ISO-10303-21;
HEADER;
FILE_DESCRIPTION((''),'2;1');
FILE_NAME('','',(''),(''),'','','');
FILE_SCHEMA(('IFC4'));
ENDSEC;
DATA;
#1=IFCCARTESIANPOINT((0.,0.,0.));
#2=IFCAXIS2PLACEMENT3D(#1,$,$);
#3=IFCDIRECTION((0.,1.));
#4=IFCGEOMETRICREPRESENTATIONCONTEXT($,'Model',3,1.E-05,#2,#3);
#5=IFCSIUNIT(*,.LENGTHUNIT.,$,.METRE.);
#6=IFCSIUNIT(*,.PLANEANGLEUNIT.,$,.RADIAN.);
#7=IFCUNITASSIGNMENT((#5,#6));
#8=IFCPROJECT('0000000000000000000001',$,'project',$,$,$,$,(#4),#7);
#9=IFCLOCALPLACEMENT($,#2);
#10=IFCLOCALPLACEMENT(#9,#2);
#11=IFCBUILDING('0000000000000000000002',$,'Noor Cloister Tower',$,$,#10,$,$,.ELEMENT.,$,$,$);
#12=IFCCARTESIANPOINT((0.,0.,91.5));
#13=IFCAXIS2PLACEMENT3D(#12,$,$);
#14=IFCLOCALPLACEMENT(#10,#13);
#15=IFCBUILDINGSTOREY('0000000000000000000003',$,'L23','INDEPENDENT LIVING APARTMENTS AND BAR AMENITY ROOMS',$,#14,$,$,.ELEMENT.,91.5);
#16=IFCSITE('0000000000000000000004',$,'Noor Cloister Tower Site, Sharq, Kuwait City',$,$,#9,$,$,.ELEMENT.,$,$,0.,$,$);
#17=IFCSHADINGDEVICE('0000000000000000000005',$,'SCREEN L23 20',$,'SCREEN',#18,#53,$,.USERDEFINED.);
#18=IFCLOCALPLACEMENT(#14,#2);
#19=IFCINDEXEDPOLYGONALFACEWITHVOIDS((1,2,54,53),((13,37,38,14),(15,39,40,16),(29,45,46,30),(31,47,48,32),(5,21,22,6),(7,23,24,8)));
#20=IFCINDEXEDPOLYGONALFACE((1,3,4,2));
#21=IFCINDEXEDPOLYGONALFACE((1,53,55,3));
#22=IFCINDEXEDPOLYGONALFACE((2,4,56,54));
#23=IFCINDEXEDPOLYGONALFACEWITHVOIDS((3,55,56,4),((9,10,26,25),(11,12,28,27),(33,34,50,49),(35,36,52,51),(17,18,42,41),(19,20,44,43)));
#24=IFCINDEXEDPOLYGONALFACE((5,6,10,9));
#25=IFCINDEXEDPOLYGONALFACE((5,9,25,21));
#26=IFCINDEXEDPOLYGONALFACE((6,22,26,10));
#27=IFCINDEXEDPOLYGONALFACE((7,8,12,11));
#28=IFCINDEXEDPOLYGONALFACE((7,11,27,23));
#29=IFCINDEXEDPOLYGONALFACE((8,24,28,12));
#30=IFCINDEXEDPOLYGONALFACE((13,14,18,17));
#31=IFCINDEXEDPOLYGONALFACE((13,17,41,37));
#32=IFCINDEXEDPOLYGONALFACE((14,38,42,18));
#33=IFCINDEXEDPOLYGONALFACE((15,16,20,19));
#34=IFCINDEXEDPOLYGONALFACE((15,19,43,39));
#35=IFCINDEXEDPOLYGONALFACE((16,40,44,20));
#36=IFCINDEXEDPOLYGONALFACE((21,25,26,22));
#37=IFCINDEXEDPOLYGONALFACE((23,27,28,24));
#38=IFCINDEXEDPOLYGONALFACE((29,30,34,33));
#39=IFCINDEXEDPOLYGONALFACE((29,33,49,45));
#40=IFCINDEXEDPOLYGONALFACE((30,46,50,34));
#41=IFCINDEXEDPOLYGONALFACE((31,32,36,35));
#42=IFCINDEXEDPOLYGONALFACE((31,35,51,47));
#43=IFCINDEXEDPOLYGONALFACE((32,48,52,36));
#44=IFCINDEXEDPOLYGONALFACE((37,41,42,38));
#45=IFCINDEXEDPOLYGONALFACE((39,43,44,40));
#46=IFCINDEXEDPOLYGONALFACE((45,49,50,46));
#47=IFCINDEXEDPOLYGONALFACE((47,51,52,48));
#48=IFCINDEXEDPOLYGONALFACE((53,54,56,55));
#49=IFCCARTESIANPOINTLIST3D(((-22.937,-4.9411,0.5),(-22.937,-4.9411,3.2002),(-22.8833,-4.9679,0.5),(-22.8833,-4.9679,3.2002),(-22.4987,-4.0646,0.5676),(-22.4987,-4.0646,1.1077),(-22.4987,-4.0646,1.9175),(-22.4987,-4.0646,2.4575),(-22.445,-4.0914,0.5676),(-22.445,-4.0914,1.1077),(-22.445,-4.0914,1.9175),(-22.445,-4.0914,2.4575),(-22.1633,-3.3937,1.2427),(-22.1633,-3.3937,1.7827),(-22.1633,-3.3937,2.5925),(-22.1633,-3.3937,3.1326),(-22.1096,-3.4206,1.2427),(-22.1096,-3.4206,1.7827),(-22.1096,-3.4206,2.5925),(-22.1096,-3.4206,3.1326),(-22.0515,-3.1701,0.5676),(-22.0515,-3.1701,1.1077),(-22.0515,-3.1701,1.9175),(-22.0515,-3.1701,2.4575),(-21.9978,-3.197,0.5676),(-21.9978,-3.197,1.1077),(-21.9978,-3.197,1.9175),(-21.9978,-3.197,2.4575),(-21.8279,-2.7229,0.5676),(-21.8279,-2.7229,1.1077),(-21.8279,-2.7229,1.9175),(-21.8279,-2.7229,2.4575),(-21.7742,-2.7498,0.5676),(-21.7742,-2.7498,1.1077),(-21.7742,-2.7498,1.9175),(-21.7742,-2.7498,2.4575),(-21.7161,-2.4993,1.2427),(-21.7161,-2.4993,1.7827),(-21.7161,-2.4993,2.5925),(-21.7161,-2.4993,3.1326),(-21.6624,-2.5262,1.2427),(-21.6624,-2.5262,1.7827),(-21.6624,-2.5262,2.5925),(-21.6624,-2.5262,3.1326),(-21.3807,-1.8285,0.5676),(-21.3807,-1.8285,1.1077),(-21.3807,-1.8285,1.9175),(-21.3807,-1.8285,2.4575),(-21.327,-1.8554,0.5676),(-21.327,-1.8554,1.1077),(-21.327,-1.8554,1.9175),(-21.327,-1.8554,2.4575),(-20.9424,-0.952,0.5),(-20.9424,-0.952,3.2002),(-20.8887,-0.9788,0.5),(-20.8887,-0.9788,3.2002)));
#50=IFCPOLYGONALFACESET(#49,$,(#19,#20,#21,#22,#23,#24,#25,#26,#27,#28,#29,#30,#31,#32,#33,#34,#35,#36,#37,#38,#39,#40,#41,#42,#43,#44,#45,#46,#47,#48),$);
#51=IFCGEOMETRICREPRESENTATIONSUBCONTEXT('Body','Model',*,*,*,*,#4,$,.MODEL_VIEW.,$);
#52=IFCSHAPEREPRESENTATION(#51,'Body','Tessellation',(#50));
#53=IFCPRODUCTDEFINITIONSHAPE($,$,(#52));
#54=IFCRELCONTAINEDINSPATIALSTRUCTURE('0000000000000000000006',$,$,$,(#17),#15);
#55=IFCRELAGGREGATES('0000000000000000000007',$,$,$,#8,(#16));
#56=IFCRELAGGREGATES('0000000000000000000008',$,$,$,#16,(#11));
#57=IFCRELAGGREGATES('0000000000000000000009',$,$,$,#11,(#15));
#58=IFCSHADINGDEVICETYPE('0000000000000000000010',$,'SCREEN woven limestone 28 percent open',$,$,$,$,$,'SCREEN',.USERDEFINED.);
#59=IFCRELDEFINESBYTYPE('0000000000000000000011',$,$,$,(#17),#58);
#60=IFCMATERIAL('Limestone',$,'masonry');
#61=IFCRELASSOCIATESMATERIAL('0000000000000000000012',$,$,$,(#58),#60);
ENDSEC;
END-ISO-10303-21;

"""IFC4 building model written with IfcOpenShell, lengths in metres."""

from ifc_helpers import new_model, si_unit, direction, frame, origin, place, context, subcontext, project, spatial, polyline, outline, extrude, material, material_profile, profile_set, type_object, element, save


model = new_model("IFC4")

# Units and contexts
model_context = context("Model", 3, precision=1e-05, world=origin(), true_north=direction((0.0, 1.0)))
body_context = subcontext(model_context, "Body", "Model", "MODEL_VIEW")
ifc_project = project(units=[si_unit("LENGTHUNIT", "METRE"), si_unit("PLANEANGLEUNIT", "RADIAN")], contexts=[model_context])

# Site, building, storey
site_placement = place(None, origin())
site = spatial("IfcSite", under=ifc_project, at=site_placement, Name="Noor Cloister Tower Site, Sharq, Kuwait City", CompositionType="ELEMENT", RefElevation=0.0)
building_placement = place(site_placement, origin())
building = spatial("IfcBuilding", under=site, at=building_placement, Name="Noor Cloister Tower", CompositionType="ELEMENT")
storey_placement = place(building_placement, frame((0.0, 0.0, 91.5)))
storey = spatial("IfcBuildingStorey", under=building, at=storey_placement, Name="L23", Description="INDEPENDENT LIVING APARTMENTS AND BAR AMENITY ROOMS", CompositionType="ELEMENT", Elevation=91.5)

# Shading device
ifc_material_1 = material(Name="Limestone", Category="masonry")
ifc_material_profile_1 = material_profile(ifc_material_1, outline(polyline([(-2.23, -1.3501), (2.23, -1.3501), (2.23, 1.3501), (-2.23, 1.3501), (-2.23, -1.3501)]), holes=[polyline([(-1.25, -1.2825), (-0.25, -1.2825), (-0.25, -0.7424), (-1.25, -0.7424), (-1.25, -1.2825)]), polyline([(0.25, -1.2825), (1.25, -1.2825), (1.25, -0.7424), (0.25, -0.7424), (0.25, -1.2825)]), polyline([(-0.5, -0.6074), (0.5, -0.6074), (0.5, -0.0674), (-0.5, -0.0674), (-0.5, -0.6074)]), polyline([(-1.25, 0.0674), (-0.25, 0.0674), (-0.25, 0.6074), (-1.25, 0.6074), (-1.25, 0.0674)]), polyline([(0.25, 0.0674), (1.25, 0.0674), (1.25, 0.6074), (0.25, 0.6074), (0.25, 0.0674)]), polyline([(-0.5, 0.7424), (0.5, 0.7424), (0.5, 1.2825), (-0.5, 1.2825), (-0.5, 0.7424)])]), Name="Woven screen 28 percent open")
ifc_profile_set_1 = profile_set([ifc_material_profile_1], Name="Limestone")
shading_device_type = type_object("IfcShadingDeviceType", Name="SCREEN woven limestone 28 percent open", ElementType="SCREEN", PredefinedType="USERDEFINED", material=ifc_profile_set_1)
shading_device_1_placement = place(storey_placement, frame((-21.886, -2.9734, 1.8501), z_axis=(-0.894427, 0.447214, 0.0), x_axis=(-0.447214, -0.894427, 0.0)))
element("IfcShadingDevice", 1, at=shading_device_1_placement, inside=storey, type_object=shading_device_type, Name="SCREEN L23 20", ObjectType="SCREEN", PredefinedType="USERDEFINED", context=body_context, shape_type="SweptSolid", body=[
    extrude(outline(polyline([(-2.23, -1.3501), (2.23, -1.3501), (2.23, 1.3501), (-2.23, 1.3501), (-2.23, -1.3501)]), holes=[polyline([(-1.25, -1.2825), (-0.25, -1.2825), (-0.25, -0.7424), (-1.25, -0.7424), (-1.25, -1.2825)]), polyline([(0.25, -1.2825), (1.25, -1.2825), (1.25, -0.7424), (0.25, -0.7424), (0.25, -1.2825)]), polyline([(-0.5, -0.6074), (0.5, -0.6074), (0.5, -0.0674), (-0.5, -0.0674), (-0.5, -0.6074)]), polyline([(-1.25, 0.0674), (-0.25, 0.0674), (-0.25, 0.6074), (-1.25, 0.6074), (-1.25, 0.0674)]), polyline([(0.25, 0.0674), (1.25, 0.0674), (1.25, 0.6074), (0.25, 0.6074), (0.25, 0.0674)]), polyline([(-0.5, 0.7424), (0.5, 0.7424), (0.5, 1.2825), (-0.5, 1.2825), (-0.5, 0.7424)])]), origin(), (0.0, 0.0, 1.0), 0.0601),
])

save(model, "model.ifc")
